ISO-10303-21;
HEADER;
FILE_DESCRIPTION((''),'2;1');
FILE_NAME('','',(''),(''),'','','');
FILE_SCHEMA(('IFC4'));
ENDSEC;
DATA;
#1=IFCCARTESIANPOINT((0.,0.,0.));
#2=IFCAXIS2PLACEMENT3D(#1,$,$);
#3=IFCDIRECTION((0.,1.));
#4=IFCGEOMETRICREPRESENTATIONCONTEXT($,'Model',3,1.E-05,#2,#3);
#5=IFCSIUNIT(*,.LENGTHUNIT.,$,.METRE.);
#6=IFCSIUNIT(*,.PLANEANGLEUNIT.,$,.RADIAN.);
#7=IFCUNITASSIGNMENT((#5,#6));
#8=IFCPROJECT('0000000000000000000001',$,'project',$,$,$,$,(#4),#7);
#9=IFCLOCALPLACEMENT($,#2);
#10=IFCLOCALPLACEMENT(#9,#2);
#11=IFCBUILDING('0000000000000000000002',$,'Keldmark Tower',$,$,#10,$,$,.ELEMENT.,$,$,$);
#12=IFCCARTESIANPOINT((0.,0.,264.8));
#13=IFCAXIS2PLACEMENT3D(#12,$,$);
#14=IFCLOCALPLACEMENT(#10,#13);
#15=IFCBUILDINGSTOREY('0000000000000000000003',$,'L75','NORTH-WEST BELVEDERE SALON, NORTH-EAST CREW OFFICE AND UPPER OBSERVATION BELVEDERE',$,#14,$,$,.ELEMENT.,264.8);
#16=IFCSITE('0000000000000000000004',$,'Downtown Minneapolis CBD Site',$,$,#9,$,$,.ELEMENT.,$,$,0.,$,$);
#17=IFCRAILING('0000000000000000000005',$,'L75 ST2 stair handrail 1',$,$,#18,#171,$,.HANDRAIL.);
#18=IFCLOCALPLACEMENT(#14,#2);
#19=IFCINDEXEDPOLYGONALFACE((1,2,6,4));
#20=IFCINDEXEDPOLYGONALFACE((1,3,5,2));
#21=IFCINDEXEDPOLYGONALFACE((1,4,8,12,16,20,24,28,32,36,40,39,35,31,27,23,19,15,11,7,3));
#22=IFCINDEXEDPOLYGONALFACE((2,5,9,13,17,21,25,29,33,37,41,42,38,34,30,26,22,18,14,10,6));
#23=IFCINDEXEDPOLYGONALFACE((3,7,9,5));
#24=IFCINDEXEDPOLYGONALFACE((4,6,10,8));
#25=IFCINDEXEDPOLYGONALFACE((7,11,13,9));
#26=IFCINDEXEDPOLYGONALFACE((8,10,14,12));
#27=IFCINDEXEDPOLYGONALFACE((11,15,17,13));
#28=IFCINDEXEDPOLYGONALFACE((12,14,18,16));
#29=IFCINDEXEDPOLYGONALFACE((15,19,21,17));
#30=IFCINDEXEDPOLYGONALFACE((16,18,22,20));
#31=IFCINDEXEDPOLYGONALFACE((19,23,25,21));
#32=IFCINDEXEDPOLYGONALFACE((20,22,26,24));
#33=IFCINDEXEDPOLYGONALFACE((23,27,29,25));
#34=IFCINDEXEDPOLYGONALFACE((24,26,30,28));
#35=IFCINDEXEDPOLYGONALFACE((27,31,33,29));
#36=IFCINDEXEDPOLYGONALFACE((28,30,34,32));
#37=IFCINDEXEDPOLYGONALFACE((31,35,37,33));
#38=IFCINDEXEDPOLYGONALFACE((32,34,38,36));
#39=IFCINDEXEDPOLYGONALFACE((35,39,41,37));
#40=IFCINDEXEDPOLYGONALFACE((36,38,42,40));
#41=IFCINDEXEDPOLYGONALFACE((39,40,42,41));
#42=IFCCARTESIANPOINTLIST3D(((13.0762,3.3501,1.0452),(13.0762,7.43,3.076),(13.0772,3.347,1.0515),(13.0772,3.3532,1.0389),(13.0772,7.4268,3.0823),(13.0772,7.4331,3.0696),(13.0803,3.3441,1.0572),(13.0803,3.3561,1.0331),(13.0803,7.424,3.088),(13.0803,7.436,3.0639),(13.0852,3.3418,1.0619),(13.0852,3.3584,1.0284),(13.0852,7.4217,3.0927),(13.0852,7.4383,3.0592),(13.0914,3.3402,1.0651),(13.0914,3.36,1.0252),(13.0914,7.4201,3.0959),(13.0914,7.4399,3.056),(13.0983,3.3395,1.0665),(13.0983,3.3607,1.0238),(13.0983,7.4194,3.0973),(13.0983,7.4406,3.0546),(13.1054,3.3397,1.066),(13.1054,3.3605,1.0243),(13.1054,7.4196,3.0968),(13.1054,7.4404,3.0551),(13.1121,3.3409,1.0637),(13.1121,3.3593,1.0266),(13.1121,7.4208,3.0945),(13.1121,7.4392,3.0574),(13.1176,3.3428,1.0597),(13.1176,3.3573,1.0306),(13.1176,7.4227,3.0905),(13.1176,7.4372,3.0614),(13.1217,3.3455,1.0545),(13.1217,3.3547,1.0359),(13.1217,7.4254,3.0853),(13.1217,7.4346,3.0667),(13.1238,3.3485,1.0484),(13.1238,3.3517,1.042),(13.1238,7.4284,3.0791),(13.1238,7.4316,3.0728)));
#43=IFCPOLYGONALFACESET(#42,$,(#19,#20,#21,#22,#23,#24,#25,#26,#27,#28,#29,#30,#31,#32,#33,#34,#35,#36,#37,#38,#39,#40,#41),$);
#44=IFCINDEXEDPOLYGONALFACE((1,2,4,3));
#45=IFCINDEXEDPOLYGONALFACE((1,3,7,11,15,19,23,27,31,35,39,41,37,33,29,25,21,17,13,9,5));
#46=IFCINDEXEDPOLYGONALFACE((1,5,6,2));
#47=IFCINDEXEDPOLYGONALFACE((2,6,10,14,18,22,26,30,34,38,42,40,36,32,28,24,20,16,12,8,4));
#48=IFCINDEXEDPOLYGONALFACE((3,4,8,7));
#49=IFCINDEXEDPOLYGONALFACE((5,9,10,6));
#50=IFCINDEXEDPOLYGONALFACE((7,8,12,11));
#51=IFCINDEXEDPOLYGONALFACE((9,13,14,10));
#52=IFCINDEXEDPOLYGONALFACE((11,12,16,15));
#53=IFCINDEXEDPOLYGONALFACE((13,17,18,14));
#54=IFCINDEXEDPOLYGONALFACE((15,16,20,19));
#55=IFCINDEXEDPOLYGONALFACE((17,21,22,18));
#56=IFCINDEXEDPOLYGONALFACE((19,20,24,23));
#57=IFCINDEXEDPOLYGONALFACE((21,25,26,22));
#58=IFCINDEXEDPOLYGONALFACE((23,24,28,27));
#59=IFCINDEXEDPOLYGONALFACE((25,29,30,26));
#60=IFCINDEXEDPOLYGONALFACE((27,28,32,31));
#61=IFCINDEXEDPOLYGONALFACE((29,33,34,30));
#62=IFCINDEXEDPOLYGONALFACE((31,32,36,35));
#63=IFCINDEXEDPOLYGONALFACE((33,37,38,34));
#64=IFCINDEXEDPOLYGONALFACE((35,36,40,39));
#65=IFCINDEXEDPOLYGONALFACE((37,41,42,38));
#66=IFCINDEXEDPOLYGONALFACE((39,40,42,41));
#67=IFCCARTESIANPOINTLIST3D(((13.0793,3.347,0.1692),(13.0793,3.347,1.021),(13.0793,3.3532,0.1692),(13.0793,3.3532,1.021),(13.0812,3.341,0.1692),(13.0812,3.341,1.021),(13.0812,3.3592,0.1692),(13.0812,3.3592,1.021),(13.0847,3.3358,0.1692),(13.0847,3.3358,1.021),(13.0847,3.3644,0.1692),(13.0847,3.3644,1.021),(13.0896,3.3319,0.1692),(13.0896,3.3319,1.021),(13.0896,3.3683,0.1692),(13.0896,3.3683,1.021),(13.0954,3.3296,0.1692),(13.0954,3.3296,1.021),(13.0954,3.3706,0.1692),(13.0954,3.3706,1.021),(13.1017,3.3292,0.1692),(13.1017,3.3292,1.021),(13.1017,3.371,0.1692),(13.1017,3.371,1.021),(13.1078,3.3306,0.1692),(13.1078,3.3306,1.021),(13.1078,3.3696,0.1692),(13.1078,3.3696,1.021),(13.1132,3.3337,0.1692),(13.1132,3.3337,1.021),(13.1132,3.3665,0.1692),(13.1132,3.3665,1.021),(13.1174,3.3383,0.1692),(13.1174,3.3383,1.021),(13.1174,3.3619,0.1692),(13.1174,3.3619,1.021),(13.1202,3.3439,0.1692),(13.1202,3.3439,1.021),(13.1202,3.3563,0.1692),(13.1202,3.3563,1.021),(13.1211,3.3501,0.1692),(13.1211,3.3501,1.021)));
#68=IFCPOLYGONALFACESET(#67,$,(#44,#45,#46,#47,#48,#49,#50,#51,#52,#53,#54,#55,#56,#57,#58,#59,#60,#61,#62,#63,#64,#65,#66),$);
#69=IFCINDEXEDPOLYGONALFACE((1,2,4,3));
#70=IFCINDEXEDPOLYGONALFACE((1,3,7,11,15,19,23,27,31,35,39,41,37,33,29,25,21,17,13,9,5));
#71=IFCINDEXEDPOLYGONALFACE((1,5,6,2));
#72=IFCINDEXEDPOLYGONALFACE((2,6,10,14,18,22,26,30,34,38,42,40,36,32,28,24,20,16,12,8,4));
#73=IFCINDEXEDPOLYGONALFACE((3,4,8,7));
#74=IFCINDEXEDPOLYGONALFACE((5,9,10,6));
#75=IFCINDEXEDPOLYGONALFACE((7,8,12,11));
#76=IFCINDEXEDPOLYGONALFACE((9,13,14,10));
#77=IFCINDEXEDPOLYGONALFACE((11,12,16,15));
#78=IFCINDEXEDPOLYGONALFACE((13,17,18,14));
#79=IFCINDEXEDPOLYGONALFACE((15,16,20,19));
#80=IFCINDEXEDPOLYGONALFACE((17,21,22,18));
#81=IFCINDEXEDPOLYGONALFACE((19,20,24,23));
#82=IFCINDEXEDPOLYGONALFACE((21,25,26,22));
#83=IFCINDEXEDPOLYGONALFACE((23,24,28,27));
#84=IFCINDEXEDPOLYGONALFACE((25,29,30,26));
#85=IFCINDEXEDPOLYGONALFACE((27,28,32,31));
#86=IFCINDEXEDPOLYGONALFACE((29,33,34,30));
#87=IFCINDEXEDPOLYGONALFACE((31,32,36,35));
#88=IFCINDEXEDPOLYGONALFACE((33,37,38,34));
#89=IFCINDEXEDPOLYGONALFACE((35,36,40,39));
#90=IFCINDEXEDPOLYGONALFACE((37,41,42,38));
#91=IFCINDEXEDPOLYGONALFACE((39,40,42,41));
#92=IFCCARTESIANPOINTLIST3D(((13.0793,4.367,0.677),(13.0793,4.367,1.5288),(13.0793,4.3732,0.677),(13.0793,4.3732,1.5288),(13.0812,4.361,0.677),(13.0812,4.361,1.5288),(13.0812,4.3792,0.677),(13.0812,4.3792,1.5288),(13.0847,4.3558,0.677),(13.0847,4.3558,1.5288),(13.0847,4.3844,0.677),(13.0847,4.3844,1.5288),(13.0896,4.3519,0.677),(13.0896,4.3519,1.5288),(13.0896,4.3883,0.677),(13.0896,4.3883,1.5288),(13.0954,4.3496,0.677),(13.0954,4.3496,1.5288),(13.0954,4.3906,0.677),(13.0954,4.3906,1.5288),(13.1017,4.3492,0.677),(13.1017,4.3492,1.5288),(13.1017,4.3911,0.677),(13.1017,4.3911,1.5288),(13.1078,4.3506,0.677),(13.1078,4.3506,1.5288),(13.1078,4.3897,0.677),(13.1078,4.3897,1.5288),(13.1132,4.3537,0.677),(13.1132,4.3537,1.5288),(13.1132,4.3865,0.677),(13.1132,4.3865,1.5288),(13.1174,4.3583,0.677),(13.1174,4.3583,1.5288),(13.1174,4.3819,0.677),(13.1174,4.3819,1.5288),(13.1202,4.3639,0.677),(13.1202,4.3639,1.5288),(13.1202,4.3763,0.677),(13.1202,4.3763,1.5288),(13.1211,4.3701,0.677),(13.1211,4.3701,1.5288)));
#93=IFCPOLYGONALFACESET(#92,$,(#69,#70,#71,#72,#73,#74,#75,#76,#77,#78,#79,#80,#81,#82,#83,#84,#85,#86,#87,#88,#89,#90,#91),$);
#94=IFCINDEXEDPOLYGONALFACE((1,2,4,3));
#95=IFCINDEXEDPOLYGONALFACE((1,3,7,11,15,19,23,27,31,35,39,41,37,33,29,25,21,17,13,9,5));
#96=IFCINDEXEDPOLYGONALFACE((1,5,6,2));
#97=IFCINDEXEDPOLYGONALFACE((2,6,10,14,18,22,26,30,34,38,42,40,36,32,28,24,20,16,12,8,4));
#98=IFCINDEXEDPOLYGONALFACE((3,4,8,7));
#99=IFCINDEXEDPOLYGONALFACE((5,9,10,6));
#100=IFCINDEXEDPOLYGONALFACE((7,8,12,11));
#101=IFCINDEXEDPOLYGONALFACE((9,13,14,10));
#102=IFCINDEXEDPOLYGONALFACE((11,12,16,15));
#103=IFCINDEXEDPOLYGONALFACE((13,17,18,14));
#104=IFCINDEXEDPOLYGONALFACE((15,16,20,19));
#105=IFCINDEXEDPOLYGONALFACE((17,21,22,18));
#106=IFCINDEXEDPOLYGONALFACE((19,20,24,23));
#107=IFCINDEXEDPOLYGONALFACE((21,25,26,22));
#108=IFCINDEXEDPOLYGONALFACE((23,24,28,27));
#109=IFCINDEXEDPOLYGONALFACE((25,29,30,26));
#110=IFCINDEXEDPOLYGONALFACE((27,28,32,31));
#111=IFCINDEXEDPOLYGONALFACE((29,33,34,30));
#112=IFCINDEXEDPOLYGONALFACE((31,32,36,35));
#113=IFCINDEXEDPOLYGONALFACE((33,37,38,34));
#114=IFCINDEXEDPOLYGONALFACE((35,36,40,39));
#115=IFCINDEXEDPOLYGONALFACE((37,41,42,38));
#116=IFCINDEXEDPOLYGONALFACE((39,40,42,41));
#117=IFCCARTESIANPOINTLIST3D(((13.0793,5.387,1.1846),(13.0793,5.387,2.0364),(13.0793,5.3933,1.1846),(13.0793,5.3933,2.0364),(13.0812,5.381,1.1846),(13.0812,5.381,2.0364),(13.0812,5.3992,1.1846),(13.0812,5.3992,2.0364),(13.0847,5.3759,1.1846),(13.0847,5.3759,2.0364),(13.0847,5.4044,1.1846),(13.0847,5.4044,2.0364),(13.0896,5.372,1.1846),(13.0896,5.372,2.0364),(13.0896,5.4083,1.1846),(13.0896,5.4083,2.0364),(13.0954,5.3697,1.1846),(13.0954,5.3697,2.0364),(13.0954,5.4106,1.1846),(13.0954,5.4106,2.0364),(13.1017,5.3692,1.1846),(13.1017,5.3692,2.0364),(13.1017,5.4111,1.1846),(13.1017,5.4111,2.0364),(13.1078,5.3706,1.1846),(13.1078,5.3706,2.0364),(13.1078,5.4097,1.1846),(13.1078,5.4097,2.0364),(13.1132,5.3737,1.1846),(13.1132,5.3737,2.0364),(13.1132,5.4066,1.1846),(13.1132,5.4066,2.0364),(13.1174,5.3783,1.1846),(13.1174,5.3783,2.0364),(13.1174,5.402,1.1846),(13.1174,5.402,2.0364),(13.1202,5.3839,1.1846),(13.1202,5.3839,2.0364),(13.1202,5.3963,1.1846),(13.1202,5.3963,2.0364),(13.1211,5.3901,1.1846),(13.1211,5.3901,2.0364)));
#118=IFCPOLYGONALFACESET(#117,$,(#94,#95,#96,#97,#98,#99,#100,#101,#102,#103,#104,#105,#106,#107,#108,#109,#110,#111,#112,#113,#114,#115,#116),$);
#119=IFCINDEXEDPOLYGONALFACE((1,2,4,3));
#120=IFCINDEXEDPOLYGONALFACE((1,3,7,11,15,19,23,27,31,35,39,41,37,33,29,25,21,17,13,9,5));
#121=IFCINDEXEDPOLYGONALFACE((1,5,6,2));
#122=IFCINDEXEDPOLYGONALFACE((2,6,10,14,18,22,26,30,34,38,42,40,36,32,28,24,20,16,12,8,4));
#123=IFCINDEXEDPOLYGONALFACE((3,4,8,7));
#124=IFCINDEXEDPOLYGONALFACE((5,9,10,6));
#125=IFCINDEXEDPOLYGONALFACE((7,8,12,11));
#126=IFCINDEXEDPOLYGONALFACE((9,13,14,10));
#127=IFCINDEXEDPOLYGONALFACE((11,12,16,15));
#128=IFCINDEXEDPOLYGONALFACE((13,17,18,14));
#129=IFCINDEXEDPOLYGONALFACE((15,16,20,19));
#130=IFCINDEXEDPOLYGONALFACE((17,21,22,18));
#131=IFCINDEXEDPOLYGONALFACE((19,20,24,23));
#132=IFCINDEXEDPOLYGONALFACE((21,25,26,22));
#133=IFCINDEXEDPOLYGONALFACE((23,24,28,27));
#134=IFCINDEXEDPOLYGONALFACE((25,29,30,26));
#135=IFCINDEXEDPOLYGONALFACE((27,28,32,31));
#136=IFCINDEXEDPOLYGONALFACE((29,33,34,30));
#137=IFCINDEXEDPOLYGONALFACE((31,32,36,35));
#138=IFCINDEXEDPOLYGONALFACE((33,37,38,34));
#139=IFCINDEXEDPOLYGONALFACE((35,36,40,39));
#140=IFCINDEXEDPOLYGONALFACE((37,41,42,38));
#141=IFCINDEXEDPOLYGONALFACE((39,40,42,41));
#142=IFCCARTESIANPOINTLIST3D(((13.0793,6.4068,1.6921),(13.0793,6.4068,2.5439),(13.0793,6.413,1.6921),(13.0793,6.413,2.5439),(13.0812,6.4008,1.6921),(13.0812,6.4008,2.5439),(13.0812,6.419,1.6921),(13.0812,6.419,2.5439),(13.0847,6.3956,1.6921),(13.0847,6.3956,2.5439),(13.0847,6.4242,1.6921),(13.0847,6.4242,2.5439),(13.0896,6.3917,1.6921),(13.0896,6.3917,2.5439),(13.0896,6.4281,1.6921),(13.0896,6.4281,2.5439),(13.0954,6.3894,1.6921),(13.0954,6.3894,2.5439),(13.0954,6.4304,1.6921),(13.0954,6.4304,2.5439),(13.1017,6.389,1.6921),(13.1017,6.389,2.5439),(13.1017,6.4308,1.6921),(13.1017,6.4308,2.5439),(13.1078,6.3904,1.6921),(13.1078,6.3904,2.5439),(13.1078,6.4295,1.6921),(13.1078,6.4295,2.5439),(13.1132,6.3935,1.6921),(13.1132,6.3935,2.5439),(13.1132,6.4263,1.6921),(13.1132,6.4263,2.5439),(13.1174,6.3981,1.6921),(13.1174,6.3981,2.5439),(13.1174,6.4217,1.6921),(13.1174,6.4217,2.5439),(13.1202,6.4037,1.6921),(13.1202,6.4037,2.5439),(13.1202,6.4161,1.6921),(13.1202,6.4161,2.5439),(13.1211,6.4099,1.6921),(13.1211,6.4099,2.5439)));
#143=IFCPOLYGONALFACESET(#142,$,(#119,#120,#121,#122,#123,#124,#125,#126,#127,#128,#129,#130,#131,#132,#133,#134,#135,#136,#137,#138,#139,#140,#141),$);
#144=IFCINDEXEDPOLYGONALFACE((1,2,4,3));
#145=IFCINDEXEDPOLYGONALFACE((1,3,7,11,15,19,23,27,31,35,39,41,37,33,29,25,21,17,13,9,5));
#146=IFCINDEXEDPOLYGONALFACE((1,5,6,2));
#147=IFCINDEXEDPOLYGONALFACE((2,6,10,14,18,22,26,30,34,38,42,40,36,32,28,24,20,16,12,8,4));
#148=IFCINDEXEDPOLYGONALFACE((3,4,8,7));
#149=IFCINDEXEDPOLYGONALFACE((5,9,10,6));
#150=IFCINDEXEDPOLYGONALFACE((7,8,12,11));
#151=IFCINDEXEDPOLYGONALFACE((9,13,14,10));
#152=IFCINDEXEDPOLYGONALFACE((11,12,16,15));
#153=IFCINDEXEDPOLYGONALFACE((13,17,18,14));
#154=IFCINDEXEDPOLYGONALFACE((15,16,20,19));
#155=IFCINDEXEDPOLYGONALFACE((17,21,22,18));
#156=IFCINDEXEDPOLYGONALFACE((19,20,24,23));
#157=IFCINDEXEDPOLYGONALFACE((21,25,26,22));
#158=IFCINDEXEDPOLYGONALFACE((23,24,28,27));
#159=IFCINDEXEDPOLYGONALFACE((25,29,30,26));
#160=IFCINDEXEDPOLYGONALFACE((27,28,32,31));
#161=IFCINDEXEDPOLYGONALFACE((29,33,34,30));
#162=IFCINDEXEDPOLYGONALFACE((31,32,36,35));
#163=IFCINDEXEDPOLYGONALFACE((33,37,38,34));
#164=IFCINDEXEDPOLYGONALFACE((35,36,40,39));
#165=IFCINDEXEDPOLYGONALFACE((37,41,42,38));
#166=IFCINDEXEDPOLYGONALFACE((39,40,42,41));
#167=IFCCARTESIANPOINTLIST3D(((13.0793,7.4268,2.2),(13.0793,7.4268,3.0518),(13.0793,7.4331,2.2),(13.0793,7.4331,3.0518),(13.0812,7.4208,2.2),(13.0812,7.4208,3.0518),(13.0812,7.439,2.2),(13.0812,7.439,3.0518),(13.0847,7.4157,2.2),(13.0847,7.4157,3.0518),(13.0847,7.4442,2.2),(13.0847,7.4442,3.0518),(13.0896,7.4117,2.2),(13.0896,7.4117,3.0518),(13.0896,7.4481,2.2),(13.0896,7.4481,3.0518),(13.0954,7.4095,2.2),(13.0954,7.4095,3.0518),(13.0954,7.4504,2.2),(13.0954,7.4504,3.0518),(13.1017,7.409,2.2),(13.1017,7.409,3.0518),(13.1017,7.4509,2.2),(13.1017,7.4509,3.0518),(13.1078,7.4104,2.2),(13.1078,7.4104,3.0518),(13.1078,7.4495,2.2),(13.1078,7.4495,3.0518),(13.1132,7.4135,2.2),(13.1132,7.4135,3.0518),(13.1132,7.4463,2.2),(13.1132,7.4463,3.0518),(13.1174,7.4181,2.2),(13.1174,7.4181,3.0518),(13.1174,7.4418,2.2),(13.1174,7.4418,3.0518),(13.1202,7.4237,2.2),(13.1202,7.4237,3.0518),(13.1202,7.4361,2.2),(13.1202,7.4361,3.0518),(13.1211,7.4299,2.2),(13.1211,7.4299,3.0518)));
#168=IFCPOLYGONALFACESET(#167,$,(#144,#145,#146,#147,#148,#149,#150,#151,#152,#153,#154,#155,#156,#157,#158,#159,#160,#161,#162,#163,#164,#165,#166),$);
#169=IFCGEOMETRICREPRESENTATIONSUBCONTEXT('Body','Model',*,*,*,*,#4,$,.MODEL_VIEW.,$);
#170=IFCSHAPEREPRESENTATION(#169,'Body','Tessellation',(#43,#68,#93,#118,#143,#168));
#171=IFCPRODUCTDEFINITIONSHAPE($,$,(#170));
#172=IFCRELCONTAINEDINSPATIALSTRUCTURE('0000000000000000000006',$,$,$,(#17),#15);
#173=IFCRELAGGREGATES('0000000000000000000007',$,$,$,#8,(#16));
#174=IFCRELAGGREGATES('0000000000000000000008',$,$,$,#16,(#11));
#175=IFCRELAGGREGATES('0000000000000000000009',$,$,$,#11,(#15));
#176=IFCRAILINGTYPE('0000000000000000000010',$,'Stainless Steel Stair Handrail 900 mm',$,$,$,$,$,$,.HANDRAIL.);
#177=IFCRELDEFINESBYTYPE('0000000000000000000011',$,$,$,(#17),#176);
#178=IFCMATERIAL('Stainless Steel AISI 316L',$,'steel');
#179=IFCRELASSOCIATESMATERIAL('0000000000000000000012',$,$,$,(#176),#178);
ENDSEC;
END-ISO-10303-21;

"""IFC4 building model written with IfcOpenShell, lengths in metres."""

from ifc_helpers import new_model, si_unit, direction, frame, origin, origin_2d, place, context, subcontext, project, spatial, circle, extrude, material, type_object, element, save


model = new_model("IFC4")

# Units and contexts
model_context = context("Model", 3, precision=1e-05, world=origin(), true_north=direction((0.0, 1.0)))
body_context = subcontext(model_context, "Body", "Model", "MODEL_VIEW")
ifc_project = project(units=[si_unit("LENGTHUNIT", "METRE"), si_unit("PLANEANGLEUNIT", "RADIAN")], contexts=[model_context])

# Site, building, storey
site_placement = place(None, origin())
site = spatial("IfcSite", under=ifc_project, at=site_placement, Name="Downtown Minneapolis CBD Site", CompositionType="ELEMENT", RefElevation=0.0)
building_placement = place(site_placement, origin())
building = spatial("IfcBuilding", under=site, at=building_placement, Name="Keldmark Tower", CompositionType="ELEMENT")
storey_placement = place(building_placement, frame((0.0, 0.0, 264.8)))
storey = spatial("IfcBuildingStorey", under=building, at=storey_placement, Name="L75", Description="NORTH-WEST BELVEDERE SALON, NORTH-EAST CREW OFFICE AND UPPER OBSERVATION BELVEDERE", CompositionType="ELEMENT", Elevation=264.8)

# Railing
ifc_material_1 = material(Name="Stainless Steel AISI 316L", Category="steel")
railing_type_1 = type_object("IfcRailingType", Name="Stainless Steel Stair Handrail 900 mm", PredefinedType="HANDRAIL", material=ifc_material_1)
railing_1_placement = place(storey_placement, frame((13.1001, 3.3501, 0.1692)))
element("IfcRailing", 1, at=railing_1_placement, inside=storey, type_object=railing_type_1, Name="L75 ST2 stair handrail 1", PredefinedType="HANDRAIL", context=body_context, shape_type="SweptSolid", body=[
    extrude(circle(Radius=0.0239, at=origin_2d()), frame((0.0, 0.0, 0.876), z_axis=(0.0, 0.895229, 0.445606), x_axis=(-1.0, 0.0, 0.0)), (0.0, 0.0, 1.0), 4.5574),
    extrude(circle(Radius=0.021, at=origin_2d()), origin(), (0.0, 0.0, 1.0), 0.8518),
    extrude(circle(Radius=0.021, at=origin_2d()), frame((0.0, 1.02, 0.5078)), (0.0, 0.0, 1.0), 0.8518),
    extrude(circle(Radius=0.021, at=origin_2d()), frame((0.0, 2.04, 1.0154)), (0.0, 0.0, 1.0), 0.8518),
    extrude(circle(Radius=0.021, at=origin_2d()), frame((0.0, 3.0598, 1.5229)), (0.0, 0.0, 1.0), 0.8518),
    extrude(circle(Radius=0.021, at=origin_2d()), frame((0.0, 4.0798, 2.0308)), (0.0, 0.0, 1.0), 0.8518),
])

save(model, "model.ifc")
